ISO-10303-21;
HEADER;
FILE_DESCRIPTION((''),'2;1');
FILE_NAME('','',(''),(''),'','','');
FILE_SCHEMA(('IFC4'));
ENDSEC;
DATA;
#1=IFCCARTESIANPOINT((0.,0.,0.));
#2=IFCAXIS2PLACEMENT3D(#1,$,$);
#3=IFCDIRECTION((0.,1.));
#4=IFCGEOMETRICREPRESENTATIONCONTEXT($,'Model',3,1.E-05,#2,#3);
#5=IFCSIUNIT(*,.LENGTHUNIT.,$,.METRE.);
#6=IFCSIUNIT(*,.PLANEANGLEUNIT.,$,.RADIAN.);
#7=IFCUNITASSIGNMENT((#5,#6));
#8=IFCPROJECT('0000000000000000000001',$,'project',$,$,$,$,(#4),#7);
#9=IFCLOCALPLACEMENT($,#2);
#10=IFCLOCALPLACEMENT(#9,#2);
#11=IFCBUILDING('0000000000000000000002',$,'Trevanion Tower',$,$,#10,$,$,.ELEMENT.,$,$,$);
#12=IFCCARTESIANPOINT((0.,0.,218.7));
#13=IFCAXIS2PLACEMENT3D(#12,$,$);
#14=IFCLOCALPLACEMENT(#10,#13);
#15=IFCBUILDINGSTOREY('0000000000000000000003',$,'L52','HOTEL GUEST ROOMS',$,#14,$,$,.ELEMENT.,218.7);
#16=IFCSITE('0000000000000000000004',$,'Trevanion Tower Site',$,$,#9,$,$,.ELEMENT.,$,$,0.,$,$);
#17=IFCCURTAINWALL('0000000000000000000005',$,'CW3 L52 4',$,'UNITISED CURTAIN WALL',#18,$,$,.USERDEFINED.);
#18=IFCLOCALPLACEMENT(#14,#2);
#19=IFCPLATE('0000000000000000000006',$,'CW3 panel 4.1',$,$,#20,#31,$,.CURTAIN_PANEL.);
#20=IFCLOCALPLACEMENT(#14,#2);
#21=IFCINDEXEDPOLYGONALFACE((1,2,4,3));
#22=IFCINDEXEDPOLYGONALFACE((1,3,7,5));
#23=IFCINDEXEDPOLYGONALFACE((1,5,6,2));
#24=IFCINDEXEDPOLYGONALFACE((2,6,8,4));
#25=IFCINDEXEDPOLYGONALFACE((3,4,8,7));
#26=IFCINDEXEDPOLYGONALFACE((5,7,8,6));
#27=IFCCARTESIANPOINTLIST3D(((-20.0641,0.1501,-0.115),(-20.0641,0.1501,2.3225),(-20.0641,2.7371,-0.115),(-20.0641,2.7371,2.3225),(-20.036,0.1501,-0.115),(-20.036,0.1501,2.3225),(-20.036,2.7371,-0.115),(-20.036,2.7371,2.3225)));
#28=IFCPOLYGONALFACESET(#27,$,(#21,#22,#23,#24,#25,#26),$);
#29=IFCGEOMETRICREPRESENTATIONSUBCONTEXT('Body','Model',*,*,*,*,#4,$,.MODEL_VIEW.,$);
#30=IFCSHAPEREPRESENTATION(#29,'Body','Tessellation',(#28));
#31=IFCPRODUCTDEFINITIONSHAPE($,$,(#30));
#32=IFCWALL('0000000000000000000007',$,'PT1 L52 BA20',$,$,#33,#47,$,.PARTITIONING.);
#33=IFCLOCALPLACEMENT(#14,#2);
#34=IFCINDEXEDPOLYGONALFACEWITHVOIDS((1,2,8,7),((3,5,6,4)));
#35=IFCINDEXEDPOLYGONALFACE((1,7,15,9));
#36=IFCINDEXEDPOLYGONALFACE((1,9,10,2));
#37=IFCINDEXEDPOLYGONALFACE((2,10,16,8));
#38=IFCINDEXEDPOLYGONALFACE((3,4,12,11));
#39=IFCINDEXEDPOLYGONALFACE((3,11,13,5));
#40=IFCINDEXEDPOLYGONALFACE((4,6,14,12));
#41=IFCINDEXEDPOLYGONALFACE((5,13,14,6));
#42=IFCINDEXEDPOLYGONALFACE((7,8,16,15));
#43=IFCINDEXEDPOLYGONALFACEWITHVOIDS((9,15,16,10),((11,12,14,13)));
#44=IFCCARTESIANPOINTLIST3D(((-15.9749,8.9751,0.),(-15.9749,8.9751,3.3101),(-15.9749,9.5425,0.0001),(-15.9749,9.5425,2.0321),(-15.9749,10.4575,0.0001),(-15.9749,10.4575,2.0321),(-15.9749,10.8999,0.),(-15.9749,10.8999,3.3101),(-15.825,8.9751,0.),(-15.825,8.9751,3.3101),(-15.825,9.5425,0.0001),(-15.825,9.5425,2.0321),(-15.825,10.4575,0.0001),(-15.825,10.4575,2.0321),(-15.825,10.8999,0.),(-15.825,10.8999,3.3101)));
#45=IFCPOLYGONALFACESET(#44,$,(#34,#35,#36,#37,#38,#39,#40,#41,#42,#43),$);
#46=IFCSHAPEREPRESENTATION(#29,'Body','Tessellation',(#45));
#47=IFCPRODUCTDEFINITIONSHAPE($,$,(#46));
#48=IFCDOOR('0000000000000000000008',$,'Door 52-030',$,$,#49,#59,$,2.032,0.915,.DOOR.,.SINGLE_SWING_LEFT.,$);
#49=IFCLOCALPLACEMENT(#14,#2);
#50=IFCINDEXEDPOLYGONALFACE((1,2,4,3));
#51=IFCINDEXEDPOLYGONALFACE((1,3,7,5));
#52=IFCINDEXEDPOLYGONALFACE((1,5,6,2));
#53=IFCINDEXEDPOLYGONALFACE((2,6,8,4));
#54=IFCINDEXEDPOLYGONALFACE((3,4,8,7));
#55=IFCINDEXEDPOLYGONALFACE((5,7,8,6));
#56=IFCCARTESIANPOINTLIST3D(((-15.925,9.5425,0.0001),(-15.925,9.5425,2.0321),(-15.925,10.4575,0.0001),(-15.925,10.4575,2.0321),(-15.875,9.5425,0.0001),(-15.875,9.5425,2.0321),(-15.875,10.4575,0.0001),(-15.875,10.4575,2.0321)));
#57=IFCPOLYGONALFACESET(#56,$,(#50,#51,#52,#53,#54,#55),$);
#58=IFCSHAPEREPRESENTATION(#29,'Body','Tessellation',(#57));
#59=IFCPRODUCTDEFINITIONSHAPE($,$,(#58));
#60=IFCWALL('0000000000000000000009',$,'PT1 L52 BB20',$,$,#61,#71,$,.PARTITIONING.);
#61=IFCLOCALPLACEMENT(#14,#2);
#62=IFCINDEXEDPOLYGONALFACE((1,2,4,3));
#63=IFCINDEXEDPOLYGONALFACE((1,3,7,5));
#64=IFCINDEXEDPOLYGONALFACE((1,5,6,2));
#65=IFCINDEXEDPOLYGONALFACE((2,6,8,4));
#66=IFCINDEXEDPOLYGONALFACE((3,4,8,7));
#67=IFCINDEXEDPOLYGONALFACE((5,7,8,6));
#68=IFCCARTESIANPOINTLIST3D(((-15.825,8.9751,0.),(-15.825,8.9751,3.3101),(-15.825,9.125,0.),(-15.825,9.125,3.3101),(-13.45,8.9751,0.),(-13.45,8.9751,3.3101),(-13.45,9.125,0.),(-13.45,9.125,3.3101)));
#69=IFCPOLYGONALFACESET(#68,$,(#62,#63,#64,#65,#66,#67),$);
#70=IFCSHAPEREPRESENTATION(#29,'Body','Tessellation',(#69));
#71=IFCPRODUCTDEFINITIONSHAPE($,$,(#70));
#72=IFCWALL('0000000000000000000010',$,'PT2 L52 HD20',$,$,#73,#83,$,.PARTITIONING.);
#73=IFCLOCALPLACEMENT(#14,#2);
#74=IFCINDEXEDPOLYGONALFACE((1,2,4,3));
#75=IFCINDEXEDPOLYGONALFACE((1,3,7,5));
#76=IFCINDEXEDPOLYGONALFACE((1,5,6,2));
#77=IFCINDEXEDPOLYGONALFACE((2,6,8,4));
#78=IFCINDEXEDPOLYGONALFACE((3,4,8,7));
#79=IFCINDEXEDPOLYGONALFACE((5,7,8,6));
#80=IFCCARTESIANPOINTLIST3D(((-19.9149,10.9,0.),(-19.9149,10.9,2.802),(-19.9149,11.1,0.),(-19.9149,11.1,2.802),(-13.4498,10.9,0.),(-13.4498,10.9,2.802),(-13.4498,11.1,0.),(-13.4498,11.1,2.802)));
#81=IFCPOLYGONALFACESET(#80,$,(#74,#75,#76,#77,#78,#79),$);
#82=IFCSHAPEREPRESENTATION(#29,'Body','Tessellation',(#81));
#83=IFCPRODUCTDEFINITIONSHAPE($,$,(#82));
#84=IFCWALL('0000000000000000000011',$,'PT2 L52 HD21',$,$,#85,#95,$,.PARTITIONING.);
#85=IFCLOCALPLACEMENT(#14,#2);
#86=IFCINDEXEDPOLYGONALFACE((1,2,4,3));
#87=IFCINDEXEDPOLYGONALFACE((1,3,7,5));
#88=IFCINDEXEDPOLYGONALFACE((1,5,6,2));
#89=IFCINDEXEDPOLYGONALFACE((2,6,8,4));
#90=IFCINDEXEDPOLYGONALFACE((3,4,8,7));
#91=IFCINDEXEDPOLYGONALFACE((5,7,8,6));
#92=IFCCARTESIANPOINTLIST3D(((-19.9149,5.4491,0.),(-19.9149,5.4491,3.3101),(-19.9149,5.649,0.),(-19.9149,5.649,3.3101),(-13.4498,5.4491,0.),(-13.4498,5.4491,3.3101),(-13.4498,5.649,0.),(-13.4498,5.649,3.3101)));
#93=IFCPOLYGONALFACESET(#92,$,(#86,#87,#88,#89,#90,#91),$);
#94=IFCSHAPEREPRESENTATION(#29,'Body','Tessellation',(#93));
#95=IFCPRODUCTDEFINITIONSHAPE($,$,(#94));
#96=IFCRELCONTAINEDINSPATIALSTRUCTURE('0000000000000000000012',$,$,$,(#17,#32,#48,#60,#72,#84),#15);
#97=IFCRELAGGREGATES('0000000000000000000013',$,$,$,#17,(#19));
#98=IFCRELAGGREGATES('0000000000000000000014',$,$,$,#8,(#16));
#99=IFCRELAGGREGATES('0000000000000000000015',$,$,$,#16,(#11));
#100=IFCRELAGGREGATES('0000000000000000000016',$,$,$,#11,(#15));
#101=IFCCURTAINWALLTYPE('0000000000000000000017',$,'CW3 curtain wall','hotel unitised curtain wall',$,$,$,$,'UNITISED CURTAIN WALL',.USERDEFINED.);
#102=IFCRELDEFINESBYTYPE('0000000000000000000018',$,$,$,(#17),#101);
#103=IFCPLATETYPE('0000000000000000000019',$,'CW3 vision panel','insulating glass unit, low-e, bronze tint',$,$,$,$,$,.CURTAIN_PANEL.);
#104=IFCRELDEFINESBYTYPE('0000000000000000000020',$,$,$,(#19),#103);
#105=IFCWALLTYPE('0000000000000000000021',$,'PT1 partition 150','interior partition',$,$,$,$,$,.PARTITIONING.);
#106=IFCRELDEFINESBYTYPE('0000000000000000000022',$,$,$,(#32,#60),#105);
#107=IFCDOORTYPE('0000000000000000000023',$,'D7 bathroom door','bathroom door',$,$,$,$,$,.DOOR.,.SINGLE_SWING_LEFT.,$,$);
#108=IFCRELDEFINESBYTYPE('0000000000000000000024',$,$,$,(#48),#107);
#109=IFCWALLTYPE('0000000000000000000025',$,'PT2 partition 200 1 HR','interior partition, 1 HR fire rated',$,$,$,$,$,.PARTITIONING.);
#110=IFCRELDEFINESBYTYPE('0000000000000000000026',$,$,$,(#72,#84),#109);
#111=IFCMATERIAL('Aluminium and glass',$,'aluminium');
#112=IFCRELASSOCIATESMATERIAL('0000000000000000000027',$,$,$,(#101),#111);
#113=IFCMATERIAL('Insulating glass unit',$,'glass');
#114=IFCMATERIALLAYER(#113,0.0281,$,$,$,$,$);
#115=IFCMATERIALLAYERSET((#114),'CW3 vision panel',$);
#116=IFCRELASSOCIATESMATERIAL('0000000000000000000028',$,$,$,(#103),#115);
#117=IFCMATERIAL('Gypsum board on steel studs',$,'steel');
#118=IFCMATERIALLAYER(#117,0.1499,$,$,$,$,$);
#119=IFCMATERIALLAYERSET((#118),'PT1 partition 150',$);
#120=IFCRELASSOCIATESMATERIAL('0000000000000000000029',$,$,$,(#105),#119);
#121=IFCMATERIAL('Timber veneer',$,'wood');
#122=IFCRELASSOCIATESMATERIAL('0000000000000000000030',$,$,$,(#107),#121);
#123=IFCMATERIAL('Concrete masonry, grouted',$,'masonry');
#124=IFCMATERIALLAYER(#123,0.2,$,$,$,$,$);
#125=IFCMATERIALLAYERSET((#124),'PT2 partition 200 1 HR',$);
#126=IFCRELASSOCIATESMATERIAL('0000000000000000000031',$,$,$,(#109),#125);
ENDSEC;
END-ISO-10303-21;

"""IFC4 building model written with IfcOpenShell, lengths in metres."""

from ifc_helpers import new_model, si_unit, direction, frame, frame_2d, origin, origin_2d, place, context, subcontext, project, spatial, rectangle, extrude, material, layer, layer_set, type_object, element, fill, aggregate, save


model = new_model("IFC4")

# Units and contexts
model_context = context("Model", 3, precision=1e-05, world=origin(), true_north=direction((0.0, 1.0)))
body_context = subcontext(model_context, "Body", "Model", "MODEL_VIEW")
ifc_project = project(units=[si_unit("LENGTHUNIT", "METRE"), si_unit("PLANEANGLEUNIT", "RADIAN")], contexts=[model_context])

# Site, building, storey
site_placement = place(None, origin())
site = spatial("IfcSite", under=ifc_project, at=site_placement, Name="Trevanion Tower Site", CompositionType="ELEMENT", RefElevation=0.0)
building_placement = place(site_placement, origin())
building = spatial("IfcBuilding", under=site, at=building_placement, Name="Trevanion Tower", CompositionType="ELEMENT")
storey_placement = place(building_placement, frame((0.0, 0.0, 218.7)))
storey = spatial("IfcBuildingStorey", under=building, at=storey_placement, Name="L52", Description="HOTEL GUEST ROOMS", CompositionType="ELEMENT", Elevation=218.7)

# Curtain wall
ifc_material_1 = material(Name="Aluminium and glass", Category="aluminium")
curtain_wall_type = type_object("IfcCurtainWallType", Name="CW3 curtain wall", Description="hotel unitised curtain wall", ElementType="UNITISED CURTAIN WALL", PredefinedType="USERDEFINED", material=ifc_material_1)
curtain_wall_placement = place(storey_placement, origin())
curtain_wall = element("IfcCurtainWall", 1, at=curtain_wall_placement, inside=storey, type_object=curtain_wall_type, Name="CW3 L52 4", ObjectType="UNITISED CURTAIN WALL", PredefinedType="USERDEFINED")

# Plate
ifc_material_2 = material(Name="Insulating glass unit", Category="glass")
ifc_layer_1 = layer(ifc_material_2, 0.0281)
ifc_layer_set_1 = layer_set([ifc_layer_1], Name="CW3 vision panel")
plate_type_1 = type_object("IfcPlateType", Name="CW3 vision panel", Description="insulating glass unit, low-e, bronze tint", PredefinedType="CURTAIN_PANEL", material=ifc_layer_set_1)
plate_1_placement = place(storey_placement, frame((-20.05, 1.4436, -0.115), z_axis=(0.0, 0.0, 1.0), x_axis=(0.0, -1.0, 0.0)))
plate_1 = element("IfcPlate", 2, at=plate_1_placement, type_object=plate_type_1, Name="CW3 panel 4.1", PredefinedType="CURTAIN_PANEL", context=body_context, shape_type="SweptSolid", body=[
    extrude(rectangle(XDim=2.5869, YDim=0.0281, at=origin_2d()), origin(), (0.0, 0.0, 1.0), 2.4375),
])
aggregate(curtain_wall, [plate_1])

# Wall, opening, door
ifc_material_3 = material(Name="Gypsum board on steel studs", Category="steel")
ifc_layer_2 = layer(ifc_material_3, 0.1499)
ifc_layer_set_2 = layer_set([ifc_layer_2], Name="PT1 partition 150")
wall_type_1 = type_object("IfcWallType", Name="PT1 partition 150", Description="interior partition", PredefinedType="PARTITIONING", material=ifc_layer_set_2)
wall_1_placement = place(storey_placement, frame((-15.8999, 10.8999, 0.0), z_axis=(0.0, 0.0, 1.0), x_axis=(0.0, -1.0, 0.0)))
wall_1 = element("IfcWall", 3, at=wall_1_placement, inside=storey, type_object=wall_type_1, Name="PT1 L52 BA20", PredefinedType="PARTITIONING", context=body_context, shape_type="SweptSolid", body=[
    extrude(rectangle(XDim=1.9248, YDim=0.1499, at=frame_2d((0.9624, 0.0))), origin(), (0.0, 0.0, 1.0), 3.3101),
])
opening_placement = place(wall_1_placement, frame((0.4424, 0.0, 0.0)))
opening = element("IfcOpeningElement", 4, at=opening_placement, cuts=wall_1, PredefinedType="OPENING", context=body_context, shape_type="SweptSolid", body=[
    extrude(rectangle(XDim=0.915, YDim=2.032, at=frame_2d((0.4575, 1.0161))), frame((0.0, 0.085, 0.0), z_axis=(0.0, -1.0, 0.0), x_axis=(1.0, 0.0, 0.0)), (0.0, 0.0, 1.0), 0.1699),
])
ifc_material_4 = material(Name="Timber veneer", Category="wood")
door_type = type_object("IfcDoorType", Name="D7 bathroom door", Description="bathroom door", OperationType="SINGLE_SWING_LEFT", PredefinedType="DOOR", material=ifc_material_4)
door_placement = place(opening_placement, origin())
door = element("IfcDoor", 5, at=door_placement, inside=storey, type_object=door_type, Name="Door 52-030", OperationType="SINGLE_SWING_LEFT", OverallHeight=2.032, OverallWidth=0.915, PredefinedType="DOOR", context=body_context, shape_type="SweptSolid", body=[
    extrude(rectangle(XDim=0.915, YDim=2.032, at=frame_2d((0.4575, 1.0161))), frame((0.0, 0.0249, 0.0), z_axis=(0.0, -1.0, 0.0), x_axis=(1.0, 0.0, 0.0)), (0.0, 0.0, 1.0), 0.05),
])
fill(opening, door)

# Walls
wall_2_placement = place(storey_placement, frame((-13.45, 9.05, 0.0), z_axis=(0.0, 0.0, 1.0), x_axis=(-1.0, 0.0, 0.0)))
element("IfcWall", 6, at=wall_2_placement, inside=storey, type_object=wall_type_1, Name="PT1 L52 BB20", PredefinedType="PARTITIONING", context=body_context, shape_type="SweptSolid", body=[
    extrude(rectangle(XDim=2.375, YDim=0.1499, at=frame_2d((1.1875, 0.0))), origin(), (0.0, 0.0, 1.0), 3.3101),
])
ifc_material_5 = material(Name="Concrete masonry, grouted", Category="masonry")
ifc_layer_3 = layer(ifc_material_5, 0.2)
ifc_layer_set_3 = layer_set([ifc_layer_3], Name="PT2 partition 200 1 HR")
wall_type_2 = type_object("IfcWallType", Name="PT2 partition 200 1 HR", Description="interior partition, 1 HR fire rated", PredefinedType="PARTITIONING", material=ifc_layer_set_3)
wall_3_placement = place(storey_placement, frame((-13.45, 11.0, 0.0), z_axis=(0.0, 0.0, 1.0), x_axis=(-1.0, 0.0, 0.0)))
element("IfcWall", 7, at=wall_3_placement, inside=storey, type_object=wall_type_2, Name="PT2 L52 HD20", PredefinedType="PARTITIONING", context=body_context, shape_type="SweptSolid", body=[
    extrude(rectangle(XDim=6.4651, YDim=0.2, at=frame_2d((3.2324, 0.0))), origin(), (0.0, 0.0, 1.0), 2.802),
])
wall_4_placement = place(storey_placement, frame((-13.45, 5.5491, 0.0), z_axis=(0.0, 0.0, 1.0), x_axis=(-1.0, 0.0, 0.0)))
element("IfcWall", 8, at=wall_4_placement, inside=storey, type_object=wall_type_2, Name="PT2 L52 HD21", PredefinedType="PARTITIONING", context=body_context, shape_type="SweptSolid", body=[
    extrude(rectangle(XDim=6.4651, YDim=0.2, at=frame_2d((3.2324, 0.0))), origin(), (0.0, 0.0, 1.0), 3.3101),
])

save(model, "model.ifc")
